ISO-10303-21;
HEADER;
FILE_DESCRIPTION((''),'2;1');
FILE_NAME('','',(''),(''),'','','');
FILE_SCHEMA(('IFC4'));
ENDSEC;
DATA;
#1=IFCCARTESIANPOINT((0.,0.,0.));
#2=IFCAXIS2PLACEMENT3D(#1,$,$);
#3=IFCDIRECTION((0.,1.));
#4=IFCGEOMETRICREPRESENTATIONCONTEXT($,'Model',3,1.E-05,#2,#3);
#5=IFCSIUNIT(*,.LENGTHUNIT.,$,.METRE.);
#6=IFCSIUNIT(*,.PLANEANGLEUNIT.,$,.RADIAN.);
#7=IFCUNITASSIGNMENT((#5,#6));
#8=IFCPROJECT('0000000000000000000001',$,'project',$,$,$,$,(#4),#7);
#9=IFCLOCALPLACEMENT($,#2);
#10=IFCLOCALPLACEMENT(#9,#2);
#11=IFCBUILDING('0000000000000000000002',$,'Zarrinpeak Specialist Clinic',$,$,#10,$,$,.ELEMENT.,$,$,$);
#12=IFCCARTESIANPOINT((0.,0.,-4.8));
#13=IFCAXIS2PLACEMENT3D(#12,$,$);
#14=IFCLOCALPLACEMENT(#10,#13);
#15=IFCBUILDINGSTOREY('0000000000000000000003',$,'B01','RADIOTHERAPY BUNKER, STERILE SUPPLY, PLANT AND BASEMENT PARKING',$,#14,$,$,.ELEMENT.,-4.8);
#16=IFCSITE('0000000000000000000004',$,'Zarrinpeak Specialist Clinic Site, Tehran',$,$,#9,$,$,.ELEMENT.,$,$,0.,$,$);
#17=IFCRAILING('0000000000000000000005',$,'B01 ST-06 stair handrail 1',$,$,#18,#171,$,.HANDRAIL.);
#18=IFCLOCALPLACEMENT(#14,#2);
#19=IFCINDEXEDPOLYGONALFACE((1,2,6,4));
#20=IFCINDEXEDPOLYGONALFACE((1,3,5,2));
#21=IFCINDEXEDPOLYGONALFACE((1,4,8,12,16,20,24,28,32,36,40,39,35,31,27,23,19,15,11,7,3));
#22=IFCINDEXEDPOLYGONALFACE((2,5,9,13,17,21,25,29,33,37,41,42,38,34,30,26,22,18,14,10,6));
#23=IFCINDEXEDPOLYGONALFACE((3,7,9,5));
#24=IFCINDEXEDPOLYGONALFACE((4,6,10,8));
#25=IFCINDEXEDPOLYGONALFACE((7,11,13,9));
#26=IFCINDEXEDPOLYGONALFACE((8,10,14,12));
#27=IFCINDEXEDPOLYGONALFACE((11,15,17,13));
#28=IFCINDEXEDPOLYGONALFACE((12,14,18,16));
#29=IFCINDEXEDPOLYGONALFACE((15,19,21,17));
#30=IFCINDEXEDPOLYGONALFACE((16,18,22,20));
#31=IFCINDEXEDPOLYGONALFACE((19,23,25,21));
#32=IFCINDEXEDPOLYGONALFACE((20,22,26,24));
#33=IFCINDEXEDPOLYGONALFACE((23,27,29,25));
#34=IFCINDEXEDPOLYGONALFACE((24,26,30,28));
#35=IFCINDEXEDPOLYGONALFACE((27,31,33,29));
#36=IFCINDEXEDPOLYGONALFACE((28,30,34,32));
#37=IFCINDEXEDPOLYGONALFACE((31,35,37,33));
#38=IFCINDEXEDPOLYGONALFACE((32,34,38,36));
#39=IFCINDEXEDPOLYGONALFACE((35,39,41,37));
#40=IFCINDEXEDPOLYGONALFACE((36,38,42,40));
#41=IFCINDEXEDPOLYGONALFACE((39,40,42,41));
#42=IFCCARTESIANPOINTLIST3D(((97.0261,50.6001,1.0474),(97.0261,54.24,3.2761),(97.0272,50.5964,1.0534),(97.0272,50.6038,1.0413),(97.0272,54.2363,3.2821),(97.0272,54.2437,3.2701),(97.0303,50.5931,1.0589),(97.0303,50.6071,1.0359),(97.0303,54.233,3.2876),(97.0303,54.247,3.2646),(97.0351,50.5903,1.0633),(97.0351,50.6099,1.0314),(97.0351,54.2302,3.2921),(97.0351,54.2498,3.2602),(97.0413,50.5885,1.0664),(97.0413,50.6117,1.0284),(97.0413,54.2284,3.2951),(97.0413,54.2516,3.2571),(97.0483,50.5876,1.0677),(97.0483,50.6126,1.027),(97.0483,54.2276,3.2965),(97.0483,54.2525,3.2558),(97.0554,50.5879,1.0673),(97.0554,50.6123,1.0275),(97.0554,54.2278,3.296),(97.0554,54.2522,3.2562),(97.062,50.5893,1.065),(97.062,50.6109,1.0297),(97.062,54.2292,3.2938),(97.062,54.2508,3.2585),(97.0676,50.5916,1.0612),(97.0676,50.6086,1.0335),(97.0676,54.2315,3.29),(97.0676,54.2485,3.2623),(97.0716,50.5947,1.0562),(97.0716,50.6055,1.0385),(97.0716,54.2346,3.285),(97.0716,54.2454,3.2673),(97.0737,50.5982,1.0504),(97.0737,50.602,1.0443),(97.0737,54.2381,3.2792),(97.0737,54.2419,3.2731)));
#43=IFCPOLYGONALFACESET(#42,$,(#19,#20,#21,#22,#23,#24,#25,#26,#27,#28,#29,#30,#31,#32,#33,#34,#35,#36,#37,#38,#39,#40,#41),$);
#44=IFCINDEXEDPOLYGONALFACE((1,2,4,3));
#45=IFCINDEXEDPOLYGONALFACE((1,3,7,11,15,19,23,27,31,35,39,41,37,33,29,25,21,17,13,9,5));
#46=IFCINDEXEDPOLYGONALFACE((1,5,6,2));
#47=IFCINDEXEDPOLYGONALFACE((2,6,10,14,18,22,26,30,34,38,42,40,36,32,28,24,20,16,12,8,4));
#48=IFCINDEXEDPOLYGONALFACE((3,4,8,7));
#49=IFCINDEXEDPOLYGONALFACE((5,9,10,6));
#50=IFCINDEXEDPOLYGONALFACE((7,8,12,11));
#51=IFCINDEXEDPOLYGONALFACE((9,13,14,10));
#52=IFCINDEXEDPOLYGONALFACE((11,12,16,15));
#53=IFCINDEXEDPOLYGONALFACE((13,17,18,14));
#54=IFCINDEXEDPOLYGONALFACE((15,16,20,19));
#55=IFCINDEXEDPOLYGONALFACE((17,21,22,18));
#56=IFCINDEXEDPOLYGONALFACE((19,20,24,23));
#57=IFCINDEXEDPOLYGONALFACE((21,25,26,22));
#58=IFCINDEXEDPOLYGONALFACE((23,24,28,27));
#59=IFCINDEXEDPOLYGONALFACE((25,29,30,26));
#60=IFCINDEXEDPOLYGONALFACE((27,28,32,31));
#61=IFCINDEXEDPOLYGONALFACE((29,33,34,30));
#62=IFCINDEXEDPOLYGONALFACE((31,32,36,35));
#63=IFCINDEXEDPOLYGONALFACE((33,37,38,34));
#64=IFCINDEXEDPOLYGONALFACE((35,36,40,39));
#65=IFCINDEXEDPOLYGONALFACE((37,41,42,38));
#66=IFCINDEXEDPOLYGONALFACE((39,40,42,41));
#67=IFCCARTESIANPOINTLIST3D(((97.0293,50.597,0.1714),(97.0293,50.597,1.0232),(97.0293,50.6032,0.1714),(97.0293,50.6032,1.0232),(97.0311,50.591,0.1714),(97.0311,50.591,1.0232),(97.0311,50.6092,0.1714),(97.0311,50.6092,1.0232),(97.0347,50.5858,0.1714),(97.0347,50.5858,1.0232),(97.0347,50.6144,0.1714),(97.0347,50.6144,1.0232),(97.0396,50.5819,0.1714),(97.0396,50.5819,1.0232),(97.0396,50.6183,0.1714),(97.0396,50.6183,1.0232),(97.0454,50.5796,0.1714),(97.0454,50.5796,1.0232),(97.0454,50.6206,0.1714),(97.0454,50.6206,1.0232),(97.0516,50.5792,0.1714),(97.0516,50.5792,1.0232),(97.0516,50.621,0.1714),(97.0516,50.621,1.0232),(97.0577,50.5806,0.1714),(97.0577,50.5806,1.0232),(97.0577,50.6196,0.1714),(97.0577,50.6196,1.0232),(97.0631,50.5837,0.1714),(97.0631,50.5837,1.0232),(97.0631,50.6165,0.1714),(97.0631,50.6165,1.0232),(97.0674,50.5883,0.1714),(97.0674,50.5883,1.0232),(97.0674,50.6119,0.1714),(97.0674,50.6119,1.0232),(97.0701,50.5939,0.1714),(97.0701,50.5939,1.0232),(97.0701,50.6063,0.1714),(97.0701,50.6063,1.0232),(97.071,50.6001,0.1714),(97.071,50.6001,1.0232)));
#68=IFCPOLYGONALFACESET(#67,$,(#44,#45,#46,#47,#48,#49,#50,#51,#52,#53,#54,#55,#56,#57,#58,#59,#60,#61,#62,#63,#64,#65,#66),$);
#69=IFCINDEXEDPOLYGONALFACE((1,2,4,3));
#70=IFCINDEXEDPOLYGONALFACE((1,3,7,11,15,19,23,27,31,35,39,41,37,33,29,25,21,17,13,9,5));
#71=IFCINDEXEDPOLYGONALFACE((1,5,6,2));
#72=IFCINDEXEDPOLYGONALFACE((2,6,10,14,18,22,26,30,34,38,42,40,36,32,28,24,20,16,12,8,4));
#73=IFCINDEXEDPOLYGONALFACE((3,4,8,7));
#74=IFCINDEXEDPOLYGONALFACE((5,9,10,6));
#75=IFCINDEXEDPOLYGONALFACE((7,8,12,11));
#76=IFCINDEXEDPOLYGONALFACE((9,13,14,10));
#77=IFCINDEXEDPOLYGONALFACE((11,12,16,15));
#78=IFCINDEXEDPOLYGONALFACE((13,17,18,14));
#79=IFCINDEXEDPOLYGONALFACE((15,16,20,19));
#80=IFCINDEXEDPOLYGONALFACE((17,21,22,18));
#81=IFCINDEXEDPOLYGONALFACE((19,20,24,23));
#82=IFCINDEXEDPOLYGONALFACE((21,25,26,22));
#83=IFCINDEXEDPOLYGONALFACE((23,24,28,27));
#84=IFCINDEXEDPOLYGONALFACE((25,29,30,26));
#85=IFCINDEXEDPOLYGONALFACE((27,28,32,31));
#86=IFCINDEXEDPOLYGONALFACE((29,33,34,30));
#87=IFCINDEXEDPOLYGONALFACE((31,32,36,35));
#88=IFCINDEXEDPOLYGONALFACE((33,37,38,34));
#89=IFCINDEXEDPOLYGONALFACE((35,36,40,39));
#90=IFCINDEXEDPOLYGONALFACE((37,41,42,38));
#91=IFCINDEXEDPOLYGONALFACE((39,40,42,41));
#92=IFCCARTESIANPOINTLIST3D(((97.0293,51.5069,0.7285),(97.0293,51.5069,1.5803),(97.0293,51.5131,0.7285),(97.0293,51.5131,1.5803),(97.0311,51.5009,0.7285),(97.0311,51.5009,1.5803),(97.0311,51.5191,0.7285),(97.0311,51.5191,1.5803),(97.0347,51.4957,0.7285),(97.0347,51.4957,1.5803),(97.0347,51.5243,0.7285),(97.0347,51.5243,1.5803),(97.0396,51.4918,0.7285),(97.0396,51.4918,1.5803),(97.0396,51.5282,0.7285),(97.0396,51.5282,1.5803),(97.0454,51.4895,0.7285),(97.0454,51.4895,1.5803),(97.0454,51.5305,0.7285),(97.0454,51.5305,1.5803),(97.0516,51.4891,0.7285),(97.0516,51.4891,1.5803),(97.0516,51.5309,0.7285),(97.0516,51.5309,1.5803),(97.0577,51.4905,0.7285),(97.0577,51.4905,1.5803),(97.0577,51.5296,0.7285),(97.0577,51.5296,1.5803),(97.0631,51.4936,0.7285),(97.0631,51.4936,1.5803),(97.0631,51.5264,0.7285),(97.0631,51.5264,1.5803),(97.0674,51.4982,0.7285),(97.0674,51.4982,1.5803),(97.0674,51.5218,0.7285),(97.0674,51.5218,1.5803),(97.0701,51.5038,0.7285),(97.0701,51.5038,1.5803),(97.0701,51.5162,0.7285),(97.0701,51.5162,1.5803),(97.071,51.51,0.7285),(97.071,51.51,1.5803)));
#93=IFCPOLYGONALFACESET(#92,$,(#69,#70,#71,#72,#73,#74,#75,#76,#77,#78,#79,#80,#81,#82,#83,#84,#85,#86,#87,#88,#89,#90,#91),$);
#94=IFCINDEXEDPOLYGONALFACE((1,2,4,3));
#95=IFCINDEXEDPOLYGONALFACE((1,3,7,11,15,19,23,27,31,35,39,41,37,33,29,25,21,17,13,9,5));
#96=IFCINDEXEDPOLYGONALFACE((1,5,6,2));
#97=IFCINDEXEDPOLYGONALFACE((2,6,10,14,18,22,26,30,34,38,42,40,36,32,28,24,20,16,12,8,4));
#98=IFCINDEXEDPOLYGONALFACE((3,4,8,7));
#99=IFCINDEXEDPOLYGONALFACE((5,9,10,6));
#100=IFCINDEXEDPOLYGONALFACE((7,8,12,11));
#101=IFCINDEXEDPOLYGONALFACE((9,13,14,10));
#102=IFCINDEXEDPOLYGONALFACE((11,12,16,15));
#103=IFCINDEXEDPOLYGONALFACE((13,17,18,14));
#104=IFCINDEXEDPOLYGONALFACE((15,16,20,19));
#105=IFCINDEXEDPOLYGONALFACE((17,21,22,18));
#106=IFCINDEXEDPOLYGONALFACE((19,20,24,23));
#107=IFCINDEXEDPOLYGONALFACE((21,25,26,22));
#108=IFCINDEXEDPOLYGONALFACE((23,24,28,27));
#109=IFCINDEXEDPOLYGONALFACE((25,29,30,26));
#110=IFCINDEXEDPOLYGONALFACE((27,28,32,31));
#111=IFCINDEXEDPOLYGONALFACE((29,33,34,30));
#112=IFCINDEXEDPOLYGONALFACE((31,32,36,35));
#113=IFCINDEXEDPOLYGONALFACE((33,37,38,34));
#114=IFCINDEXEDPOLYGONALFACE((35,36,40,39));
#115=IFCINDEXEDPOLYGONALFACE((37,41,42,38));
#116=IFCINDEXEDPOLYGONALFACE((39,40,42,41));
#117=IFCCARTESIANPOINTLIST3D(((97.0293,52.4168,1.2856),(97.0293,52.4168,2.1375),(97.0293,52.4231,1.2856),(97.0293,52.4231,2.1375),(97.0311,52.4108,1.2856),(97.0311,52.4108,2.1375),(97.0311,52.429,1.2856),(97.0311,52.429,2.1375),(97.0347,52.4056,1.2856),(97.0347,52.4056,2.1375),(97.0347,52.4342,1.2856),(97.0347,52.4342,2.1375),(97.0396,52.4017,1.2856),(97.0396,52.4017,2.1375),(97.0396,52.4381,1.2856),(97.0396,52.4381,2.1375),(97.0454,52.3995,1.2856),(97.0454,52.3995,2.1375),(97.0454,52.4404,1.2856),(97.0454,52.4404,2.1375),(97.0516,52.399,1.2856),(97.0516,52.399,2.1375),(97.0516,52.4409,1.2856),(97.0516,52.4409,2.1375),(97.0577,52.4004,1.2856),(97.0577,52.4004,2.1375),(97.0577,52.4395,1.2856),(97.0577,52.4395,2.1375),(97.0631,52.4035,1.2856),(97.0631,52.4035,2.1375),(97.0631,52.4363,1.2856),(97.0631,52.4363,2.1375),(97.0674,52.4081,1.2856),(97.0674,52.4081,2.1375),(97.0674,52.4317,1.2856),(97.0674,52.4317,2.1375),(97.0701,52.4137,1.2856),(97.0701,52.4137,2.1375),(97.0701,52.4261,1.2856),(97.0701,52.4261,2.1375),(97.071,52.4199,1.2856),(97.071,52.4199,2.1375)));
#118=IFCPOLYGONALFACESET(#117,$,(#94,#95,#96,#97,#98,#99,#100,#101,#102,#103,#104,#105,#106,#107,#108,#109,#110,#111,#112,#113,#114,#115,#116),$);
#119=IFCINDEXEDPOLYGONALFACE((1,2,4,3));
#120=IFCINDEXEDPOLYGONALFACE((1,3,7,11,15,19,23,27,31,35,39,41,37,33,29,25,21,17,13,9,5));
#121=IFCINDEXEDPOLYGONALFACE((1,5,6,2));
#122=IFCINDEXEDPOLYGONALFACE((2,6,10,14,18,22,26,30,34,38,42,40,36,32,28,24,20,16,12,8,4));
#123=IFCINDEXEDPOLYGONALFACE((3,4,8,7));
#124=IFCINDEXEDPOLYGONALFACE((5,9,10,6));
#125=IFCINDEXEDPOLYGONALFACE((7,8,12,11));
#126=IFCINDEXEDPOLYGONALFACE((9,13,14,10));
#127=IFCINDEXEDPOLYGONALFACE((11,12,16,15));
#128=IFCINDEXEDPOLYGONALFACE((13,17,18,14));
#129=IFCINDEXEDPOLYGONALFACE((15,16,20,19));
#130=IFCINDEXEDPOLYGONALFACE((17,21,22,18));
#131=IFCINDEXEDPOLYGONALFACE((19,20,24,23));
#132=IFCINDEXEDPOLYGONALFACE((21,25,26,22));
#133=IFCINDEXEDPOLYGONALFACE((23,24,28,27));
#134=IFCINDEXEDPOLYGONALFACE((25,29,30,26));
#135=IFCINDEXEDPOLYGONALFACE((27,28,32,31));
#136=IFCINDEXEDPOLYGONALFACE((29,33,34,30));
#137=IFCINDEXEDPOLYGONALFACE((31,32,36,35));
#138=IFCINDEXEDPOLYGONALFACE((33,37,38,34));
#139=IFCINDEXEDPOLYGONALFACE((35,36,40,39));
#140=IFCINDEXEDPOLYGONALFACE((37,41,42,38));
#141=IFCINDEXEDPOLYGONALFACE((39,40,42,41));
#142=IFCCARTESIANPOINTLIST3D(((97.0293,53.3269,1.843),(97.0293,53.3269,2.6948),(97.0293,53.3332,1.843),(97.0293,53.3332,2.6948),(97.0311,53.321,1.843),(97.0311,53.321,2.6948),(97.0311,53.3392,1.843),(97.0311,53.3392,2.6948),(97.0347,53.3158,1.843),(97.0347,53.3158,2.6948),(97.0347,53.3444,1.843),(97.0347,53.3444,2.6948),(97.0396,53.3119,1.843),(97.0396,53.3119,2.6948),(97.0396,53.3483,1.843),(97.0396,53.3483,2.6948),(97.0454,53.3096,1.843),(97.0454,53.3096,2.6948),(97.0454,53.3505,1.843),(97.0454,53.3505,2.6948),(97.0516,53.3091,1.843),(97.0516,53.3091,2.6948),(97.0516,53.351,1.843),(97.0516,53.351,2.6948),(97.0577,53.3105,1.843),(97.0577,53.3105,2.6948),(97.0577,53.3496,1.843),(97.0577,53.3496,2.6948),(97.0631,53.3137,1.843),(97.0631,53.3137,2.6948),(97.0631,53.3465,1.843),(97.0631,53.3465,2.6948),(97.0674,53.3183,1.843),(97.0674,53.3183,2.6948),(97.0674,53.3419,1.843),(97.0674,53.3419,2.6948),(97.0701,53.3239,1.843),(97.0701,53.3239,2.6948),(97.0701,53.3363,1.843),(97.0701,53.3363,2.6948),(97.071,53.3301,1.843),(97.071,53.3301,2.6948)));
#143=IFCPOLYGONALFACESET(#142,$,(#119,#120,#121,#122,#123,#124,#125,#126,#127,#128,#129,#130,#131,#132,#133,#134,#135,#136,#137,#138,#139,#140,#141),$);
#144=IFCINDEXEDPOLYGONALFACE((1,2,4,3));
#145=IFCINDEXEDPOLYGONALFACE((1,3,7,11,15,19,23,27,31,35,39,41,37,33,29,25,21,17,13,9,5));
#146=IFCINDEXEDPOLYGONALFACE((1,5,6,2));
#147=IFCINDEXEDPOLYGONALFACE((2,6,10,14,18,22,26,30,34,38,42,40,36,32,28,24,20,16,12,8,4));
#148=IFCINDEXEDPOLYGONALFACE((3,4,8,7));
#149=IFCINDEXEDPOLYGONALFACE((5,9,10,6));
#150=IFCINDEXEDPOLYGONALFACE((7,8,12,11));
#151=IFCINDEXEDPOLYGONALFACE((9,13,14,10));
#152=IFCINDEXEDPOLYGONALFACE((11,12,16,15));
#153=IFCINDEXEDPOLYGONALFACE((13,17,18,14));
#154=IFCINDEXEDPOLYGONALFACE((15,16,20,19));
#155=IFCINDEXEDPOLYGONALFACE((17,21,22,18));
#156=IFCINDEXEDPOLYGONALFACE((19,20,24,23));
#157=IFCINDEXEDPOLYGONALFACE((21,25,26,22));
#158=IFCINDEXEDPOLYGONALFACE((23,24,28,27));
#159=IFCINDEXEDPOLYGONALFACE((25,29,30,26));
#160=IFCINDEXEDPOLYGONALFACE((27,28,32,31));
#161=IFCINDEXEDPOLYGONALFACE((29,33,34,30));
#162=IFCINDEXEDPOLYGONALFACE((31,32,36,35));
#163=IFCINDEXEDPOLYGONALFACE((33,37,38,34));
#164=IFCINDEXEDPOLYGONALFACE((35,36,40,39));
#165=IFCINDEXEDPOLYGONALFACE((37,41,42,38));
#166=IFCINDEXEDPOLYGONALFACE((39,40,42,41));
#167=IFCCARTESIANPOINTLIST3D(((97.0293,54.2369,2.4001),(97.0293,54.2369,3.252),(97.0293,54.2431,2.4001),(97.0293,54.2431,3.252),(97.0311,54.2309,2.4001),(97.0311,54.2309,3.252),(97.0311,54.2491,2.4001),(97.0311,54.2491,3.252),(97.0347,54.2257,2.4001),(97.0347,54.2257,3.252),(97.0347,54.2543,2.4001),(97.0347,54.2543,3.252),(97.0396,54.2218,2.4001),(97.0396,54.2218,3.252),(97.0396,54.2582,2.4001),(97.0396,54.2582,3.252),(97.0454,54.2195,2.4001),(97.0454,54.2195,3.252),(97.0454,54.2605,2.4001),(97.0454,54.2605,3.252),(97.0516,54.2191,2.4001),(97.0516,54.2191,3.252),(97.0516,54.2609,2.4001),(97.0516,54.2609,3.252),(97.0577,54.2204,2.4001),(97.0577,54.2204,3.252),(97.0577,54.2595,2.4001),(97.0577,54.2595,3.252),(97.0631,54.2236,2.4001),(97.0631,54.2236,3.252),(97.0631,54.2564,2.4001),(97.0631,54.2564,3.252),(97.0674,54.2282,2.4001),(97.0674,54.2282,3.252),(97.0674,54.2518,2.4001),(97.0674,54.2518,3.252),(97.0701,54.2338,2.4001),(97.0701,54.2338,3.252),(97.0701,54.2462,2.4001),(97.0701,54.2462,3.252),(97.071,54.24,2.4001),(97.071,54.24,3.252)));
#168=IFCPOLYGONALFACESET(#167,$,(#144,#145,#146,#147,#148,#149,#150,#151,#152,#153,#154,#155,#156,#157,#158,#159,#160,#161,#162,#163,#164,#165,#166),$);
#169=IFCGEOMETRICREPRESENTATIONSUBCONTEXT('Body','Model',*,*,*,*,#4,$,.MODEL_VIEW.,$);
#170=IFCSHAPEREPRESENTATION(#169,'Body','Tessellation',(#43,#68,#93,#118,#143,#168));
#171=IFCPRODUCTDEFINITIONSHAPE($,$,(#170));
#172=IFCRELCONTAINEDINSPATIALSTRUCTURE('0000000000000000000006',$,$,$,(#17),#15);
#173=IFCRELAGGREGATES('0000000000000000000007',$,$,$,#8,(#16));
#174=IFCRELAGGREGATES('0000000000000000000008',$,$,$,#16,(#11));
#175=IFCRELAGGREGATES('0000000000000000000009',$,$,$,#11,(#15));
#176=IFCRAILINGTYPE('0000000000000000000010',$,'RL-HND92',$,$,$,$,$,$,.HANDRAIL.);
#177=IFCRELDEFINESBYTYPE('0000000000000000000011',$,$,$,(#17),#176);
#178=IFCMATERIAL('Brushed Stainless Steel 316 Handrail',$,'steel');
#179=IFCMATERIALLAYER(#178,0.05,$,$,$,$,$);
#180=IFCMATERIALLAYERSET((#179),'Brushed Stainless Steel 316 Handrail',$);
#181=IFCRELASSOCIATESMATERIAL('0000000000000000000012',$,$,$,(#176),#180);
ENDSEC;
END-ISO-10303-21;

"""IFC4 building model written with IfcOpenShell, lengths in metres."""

from ifc_helpers import new_model, si_unit, direction, frame, origin, origin_2d, place, context, subcontext, project, spatial, circle, extrude, material, layer, layer_set, type_object, element, save


model = new_model("IFC4")

# Units and contexts
model_context = context("Model", 3, precision=1e-05, world=origin(), true_north=direction((0.0, 1.0)))
body_context = subcontext(model_context, "Body", "Model", "MODEL_VIEW")
ifc_project = project(units=[si_unit("LENGTHUNIT", "METRE"), si_unit("PLANEANGLEUNIT", "RADIAN")], contexts=[model_context])

# Site, building, storey
site_placement = place(None, origin())
site = spatial("IfcSite", under=ifc_project, at=site_placement, Name="Zarrinpeak Specialist Clinic Site, Tehran", CompositionType="ELEMENT", RefElevation=0.0)
building_placement = place(site_placement, origin())
building = spatial("IfcBuilding", under=site, at=building_placement, Name="Zarrinpeak Specialist Clinic", CompositionType="ELEMENT")
storey_placement = place(building_placement, frame((0.0, 0.0, -4.8)))
storey = spatial("IfcBuildingStorey", under=building, at=storey_placement, Name="B01", Description="RADIOTHERAPY BUNKER, STERILE SUPPLY, PLANT AND BASEMENT PARKING", CompositionType="ELEMENT", Elevation=-4.8)

# Railing
ifc_material_1 = material(Name="Brushed Stainless Steel 316 Handrail", Category="steel")
ifc_layer_1 = layer(ifc_material_1, 0.05)
ifc_layer_set_1 = layer_set([ifc_layer_1], Name="Brushed Stainless Steel 316 Handrail")
railing_type_1 = type_object("IfcRailingType", Name="RL-HND92", PredefinedType="HANDRAIL", material=ifc_layer_set_1)
railing_1_placement = place(storey_placement, frame((97.05, 50.6001, 0.1714)))
element("IfcRailing", 1, at=railing_1_placement, inside=storey, type_object=railing_type_1, Name="B01 ST-06 stair handrail 1", PredefinedType="HANDRAIL", context=body_context, shape_type="SweptSolid", body=[
    extrude(circle(Radius=0.0239, at=origin_2d()), frame((0.0, 0.0, 0.876), z_axis=(0.0, 0.852825, 0.522197), x_axis=(-1.0, 0.0, 0.0)), (0.0, 0.0, 1.0), 4.2681),
    extrude(circle(Radius=0.021, at=origin_2d()), origin(), (0.0, 0.0, 1.0), 0.8518),
    extrude(circle(Radius=0.021, at=origin_2d()), frame((0.0, 0.9099, 0.5571)), (0.0, 0.0, 1.0), 0.8518),
    extrude(circle(Radius=0.021, at=origin_2d()), frame((0.0, 1.8198, 1.1143)), (0.0, 0.0, 1.0), 0.8518),
    extrude(circle(Radius=0.021, at=origin_2d()), frame((0.0, 2.73, 1.6716)), (0.0, 0.0, 1.0), 0.8518),
    extrude(circle(Radius=0.021, at=origin_2d()), frame((0.0, 3.6399, 2.2288)), (0.0, 0.0, 1.0), 0.8518),
])

save(model, "model.ifc")
